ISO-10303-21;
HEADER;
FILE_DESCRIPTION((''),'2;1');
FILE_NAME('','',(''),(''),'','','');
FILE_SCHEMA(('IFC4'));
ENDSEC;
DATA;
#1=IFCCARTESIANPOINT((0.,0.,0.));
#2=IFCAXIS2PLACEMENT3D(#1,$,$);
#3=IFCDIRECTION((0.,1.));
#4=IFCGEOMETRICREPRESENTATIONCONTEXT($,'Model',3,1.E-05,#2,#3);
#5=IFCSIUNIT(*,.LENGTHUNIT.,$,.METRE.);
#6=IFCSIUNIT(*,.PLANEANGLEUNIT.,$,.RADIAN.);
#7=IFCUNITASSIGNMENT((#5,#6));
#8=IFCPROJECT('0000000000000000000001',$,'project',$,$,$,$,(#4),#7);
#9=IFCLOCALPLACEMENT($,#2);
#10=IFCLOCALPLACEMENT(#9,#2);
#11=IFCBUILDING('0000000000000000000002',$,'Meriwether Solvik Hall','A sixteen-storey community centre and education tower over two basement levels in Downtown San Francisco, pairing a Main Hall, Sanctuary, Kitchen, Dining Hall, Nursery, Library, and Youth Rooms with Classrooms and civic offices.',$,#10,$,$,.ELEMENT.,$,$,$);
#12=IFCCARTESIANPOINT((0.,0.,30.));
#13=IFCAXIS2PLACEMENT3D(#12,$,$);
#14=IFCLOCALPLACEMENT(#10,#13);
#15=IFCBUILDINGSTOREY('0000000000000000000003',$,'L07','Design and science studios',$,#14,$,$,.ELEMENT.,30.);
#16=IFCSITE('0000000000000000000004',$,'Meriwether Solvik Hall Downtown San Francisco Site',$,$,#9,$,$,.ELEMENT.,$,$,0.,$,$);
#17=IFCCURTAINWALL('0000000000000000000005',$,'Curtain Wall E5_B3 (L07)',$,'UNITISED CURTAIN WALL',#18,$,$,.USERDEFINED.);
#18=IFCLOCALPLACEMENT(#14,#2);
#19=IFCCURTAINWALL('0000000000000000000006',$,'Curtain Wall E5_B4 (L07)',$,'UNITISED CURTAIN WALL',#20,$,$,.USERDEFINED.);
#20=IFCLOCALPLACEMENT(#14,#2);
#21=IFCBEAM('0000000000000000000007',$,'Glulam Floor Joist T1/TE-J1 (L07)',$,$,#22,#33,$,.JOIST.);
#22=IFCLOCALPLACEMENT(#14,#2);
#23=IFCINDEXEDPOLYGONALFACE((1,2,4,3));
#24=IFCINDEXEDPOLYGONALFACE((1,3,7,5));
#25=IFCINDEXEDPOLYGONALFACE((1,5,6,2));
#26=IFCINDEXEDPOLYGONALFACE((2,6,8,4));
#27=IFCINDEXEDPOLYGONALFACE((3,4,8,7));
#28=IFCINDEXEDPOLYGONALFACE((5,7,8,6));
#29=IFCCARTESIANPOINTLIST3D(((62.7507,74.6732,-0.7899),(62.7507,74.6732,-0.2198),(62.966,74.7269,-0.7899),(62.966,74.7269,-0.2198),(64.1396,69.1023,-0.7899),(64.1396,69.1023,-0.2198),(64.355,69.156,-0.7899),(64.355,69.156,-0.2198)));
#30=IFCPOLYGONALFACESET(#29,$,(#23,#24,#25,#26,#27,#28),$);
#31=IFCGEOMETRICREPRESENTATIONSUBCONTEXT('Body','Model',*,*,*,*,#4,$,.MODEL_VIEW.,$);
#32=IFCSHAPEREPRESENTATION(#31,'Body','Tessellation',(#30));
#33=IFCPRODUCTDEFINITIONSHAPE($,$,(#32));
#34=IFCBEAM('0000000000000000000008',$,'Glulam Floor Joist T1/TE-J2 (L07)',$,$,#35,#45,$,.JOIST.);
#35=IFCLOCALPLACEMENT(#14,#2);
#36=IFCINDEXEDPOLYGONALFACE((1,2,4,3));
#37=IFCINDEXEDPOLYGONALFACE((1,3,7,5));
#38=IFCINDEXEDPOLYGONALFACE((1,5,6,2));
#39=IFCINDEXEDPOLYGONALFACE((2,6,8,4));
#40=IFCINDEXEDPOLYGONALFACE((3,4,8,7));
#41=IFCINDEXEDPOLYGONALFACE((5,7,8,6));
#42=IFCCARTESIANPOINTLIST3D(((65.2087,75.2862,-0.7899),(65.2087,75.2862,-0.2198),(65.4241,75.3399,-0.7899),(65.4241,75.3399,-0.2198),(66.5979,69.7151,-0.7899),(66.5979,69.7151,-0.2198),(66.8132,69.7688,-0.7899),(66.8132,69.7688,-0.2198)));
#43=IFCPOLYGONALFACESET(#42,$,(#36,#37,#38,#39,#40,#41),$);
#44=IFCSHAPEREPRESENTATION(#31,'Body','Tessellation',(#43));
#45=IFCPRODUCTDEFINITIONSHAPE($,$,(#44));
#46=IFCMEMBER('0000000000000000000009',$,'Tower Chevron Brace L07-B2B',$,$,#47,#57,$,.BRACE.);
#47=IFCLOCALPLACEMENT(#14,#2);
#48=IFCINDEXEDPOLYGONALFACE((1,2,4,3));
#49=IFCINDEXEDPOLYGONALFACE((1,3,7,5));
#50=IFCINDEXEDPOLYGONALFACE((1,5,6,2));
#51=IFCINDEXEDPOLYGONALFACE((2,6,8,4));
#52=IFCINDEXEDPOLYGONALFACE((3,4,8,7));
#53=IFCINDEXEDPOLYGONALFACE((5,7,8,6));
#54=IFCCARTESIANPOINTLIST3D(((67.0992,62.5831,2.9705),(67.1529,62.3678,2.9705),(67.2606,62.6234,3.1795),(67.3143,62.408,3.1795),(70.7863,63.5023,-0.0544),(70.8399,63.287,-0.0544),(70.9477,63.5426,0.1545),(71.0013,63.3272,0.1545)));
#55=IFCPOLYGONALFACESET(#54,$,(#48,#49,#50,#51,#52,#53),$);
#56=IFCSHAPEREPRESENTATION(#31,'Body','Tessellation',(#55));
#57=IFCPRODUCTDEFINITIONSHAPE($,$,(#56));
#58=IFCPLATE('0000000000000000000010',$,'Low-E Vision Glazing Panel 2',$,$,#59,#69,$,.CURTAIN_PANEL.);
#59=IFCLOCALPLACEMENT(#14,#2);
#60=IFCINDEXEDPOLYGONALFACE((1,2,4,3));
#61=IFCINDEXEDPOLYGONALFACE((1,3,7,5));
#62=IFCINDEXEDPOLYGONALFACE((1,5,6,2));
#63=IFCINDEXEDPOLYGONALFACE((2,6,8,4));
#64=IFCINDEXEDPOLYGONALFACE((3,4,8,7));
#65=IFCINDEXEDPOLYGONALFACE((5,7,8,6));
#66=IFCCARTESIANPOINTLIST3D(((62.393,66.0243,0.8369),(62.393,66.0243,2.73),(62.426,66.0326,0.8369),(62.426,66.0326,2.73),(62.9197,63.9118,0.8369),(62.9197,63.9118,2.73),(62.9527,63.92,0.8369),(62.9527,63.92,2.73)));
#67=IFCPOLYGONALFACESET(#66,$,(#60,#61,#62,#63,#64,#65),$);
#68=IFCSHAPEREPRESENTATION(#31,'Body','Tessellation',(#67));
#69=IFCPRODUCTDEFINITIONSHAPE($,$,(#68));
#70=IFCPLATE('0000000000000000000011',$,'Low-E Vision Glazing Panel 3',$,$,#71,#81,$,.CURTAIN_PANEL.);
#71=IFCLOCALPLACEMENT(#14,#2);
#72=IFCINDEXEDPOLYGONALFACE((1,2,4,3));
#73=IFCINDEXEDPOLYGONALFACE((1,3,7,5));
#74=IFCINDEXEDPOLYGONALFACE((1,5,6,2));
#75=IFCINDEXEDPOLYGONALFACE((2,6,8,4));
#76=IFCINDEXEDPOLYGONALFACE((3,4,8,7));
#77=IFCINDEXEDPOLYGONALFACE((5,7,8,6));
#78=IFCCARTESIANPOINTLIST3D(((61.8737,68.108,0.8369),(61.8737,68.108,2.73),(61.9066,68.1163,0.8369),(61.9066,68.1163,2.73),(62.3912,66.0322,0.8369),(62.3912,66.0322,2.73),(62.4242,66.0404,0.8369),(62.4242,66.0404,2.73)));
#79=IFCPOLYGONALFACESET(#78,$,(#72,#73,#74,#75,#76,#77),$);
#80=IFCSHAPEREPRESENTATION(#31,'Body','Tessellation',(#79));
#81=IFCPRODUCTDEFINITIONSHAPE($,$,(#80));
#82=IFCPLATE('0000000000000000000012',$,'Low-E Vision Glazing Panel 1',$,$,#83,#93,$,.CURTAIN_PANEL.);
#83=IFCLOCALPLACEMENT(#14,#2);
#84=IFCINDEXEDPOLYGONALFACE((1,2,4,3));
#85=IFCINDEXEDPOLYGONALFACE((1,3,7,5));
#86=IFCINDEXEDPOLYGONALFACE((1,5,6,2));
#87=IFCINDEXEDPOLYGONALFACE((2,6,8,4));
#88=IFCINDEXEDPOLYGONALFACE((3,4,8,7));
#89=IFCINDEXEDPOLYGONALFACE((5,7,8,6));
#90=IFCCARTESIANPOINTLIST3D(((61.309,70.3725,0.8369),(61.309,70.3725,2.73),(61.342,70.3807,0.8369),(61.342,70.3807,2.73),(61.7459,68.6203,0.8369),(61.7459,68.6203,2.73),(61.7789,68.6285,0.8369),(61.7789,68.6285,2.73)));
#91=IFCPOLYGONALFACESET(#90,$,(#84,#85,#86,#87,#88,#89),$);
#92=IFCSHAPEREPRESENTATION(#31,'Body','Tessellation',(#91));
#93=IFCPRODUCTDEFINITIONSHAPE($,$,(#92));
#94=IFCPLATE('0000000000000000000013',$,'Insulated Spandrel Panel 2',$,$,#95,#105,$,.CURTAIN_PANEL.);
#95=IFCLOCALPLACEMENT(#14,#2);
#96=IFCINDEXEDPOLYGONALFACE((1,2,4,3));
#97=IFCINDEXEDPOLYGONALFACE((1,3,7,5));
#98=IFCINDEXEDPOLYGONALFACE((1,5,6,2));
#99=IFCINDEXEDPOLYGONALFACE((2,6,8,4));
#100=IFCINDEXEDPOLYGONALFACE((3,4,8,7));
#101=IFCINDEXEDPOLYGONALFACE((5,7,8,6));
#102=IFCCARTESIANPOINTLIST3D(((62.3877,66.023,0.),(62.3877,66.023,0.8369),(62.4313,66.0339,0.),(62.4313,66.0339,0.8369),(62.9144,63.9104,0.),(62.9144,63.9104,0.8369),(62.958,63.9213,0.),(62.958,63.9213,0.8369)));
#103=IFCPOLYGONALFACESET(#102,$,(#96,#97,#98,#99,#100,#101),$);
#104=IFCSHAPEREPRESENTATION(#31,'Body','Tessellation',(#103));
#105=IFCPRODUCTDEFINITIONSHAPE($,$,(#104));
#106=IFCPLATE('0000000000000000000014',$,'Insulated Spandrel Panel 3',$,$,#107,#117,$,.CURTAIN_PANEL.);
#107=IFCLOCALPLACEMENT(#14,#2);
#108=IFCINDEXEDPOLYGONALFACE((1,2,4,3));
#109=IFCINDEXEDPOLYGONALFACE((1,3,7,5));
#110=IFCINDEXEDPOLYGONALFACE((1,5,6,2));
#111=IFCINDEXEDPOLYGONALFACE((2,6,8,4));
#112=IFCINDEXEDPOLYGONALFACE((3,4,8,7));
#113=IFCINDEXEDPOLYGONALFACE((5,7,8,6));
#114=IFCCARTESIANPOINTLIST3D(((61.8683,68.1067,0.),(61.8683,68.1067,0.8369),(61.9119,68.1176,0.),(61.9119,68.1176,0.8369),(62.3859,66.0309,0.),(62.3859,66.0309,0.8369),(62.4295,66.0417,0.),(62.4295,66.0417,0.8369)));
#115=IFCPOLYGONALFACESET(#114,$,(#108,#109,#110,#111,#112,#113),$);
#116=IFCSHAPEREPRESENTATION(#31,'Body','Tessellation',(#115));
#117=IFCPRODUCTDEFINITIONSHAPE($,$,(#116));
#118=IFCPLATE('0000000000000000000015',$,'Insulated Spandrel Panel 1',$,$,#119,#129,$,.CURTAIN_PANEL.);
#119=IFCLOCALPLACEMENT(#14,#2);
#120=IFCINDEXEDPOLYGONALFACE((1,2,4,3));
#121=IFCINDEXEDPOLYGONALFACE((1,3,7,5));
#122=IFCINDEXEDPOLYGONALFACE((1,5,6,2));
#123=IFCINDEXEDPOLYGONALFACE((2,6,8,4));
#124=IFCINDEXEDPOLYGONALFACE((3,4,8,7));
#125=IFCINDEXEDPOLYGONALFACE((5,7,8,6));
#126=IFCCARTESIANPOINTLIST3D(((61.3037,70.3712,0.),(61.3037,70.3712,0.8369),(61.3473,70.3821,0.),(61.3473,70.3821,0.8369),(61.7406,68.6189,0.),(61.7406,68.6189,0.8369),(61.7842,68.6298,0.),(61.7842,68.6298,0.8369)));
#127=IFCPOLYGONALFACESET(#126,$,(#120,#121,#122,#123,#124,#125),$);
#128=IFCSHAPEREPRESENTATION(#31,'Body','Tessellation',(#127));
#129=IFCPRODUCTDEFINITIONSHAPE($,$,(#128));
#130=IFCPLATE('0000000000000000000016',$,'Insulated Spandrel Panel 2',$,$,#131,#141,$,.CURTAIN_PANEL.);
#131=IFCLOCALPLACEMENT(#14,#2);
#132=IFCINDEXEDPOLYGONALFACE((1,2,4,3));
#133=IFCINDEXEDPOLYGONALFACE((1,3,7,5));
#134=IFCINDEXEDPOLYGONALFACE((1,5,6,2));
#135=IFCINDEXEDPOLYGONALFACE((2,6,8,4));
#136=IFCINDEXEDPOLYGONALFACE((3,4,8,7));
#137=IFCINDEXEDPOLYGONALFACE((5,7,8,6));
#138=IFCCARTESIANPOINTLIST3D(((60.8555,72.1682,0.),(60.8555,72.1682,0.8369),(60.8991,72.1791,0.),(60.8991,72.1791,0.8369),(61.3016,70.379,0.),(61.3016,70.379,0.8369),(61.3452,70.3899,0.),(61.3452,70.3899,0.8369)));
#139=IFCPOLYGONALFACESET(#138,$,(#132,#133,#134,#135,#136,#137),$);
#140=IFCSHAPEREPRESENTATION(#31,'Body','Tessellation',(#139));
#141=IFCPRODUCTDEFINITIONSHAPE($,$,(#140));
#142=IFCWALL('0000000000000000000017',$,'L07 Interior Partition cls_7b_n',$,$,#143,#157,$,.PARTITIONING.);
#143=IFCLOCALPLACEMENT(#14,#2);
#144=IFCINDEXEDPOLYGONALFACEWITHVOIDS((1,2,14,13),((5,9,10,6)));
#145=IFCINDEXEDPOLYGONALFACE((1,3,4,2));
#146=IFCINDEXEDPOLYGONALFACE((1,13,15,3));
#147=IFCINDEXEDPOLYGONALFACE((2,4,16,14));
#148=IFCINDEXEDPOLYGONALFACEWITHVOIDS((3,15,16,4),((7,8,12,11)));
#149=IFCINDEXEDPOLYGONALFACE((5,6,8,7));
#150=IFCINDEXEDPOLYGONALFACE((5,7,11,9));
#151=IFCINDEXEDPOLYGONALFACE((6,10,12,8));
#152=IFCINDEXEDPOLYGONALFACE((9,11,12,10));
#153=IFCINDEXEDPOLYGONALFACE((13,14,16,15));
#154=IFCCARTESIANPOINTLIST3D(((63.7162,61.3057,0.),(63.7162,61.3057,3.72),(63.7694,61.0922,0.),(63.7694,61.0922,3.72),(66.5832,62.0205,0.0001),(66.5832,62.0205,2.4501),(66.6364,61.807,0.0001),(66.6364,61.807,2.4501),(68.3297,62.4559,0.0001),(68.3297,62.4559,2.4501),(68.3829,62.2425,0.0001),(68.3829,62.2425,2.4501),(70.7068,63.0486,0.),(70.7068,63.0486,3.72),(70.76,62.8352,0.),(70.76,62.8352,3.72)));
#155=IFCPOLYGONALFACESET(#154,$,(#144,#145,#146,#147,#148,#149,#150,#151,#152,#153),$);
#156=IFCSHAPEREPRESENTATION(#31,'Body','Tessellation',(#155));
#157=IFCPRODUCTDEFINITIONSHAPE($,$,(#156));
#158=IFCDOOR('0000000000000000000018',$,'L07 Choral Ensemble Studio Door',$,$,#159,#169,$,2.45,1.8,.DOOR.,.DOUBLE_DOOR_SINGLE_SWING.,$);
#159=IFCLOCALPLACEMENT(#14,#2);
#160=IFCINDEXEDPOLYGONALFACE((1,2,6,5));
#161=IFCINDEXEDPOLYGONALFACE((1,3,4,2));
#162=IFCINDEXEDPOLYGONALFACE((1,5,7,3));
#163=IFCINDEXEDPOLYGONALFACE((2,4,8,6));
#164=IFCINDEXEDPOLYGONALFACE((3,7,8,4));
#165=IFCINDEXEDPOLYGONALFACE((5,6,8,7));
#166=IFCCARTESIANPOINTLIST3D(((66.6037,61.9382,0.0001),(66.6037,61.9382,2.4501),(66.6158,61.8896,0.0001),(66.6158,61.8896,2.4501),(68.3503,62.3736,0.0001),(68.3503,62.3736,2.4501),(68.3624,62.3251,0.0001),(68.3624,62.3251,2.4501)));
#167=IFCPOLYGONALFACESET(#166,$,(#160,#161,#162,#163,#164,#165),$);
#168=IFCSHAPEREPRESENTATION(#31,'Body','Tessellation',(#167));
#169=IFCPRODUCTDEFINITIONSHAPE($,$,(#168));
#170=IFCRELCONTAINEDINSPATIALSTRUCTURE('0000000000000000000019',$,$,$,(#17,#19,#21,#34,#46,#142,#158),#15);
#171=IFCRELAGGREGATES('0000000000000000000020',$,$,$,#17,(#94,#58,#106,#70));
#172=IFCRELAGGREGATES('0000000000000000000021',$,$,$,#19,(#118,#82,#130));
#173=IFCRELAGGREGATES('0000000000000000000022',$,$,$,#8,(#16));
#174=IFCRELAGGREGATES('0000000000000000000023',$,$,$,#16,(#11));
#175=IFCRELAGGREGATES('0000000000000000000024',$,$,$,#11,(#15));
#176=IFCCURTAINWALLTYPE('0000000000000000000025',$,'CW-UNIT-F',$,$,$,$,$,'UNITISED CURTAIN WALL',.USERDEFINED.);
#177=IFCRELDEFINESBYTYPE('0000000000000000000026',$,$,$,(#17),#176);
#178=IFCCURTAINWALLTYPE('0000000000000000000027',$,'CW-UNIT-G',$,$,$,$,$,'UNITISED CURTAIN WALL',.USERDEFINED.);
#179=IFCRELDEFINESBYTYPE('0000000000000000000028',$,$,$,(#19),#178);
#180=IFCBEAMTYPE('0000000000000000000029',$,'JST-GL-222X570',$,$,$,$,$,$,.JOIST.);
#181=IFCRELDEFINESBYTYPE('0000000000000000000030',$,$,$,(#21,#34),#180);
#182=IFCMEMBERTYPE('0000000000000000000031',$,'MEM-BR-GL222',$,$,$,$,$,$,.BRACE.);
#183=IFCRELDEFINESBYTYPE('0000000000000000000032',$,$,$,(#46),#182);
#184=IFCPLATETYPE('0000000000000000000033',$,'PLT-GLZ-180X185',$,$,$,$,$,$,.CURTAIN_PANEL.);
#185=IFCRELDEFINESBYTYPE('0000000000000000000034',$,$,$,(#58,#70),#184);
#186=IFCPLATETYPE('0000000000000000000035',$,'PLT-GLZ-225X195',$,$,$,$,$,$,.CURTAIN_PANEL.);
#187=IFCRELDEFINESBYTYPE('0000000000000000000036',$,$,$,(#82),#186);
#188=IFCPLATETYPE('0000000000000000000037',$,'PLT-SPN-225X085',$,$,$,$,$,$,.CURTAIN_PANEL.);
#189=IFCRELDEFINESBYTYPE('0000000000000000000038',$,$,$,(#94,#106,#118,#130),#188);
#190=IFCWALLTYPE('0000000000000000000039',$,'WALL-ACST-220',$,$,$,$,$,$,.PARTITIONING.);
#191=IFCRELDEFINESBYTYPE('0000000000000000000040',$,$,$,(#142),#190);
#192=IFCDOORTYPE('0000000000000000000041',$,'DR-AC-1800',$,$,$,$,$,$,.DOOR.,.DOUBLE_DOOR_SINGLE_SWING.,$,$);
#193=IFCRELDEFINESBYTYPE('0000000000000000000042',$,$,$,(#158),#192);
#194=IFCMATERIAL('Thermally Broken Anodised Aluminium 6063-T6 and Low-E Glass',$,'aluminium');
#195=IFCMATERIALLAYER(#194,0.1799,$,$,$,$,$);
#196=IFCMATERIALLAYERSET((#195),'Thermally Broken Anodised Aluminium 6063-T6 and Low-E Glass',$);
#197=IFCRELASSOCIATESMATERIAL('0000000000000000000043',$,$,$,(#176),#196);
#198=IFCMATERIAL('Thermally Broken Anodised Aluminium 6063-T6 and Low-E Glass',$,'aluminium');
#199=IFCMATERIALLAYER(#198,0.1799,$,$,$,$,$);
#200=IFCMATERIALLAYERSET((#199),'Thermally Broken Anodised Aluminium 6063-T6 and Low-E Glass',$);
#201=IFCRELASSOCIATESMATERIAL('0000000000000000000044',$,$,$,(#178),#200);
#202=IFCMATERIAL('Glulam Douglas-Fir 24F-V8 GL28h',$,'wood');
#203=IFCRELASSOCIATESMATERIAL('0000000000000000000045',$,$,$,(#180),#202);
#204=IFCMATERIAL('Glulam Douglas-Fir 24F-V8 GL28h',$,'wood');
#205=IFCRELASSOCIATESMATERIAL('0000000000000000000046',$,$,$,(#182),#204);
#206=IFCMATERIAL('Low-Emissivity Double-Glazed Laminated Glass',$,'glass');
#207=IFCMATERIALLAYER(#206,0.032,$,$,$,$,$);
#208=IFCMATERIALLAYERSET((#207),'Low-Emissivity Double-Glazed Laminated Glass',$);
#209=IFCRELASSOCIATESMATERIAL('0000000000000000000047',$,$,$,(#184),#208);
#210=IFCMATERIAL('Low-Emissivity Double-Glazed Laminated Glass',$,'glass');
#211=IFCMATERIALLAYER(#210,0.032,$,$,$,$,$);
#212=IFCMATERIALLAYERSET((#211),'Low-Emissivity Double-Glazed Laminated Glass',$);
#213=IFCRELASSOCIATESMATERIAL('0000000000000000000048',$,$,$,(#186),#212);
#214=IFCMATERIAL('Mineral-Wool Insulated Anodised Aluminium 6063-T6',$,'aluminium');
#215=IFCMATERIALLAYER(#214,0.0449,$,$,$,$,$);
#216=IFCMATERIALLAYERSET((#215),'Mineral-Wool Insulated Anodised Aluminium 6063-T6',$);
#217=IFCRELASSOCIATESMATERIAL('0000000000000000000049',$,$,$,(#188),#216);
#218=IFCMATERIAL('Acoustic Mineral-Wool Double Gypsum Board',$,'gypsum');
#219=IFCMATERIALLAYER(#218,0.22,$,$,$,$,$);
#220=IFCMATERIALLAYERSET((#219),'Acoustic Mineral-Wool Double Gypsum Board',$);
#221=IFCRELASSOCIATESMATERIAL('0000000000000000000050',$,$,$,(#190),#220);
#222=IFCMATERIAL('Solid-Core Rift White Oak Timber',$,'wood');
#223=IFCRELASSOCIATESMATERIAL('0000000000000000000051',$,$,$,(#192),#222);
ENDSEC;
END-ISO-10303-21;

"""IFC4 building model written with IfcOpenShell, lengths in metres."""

from ifc_helpers import new_model, si_unit, direction, frame, frame_2d, origin, origin_2d, place, context, subcontext, project, spatial, rectangle, extrude, material, layer, layer_set, material_profile, profile_set, type_object, element, fill, aggregate, save


model = new_model("IFC4")

# Units and contexts
model_context = context("Model", 3, precision=1e-05, world=origin(), true_north=direction((0.0, 1.0)))
body_context = subcontext(model_context, "Body", "Model", "MODEL_VIEW")
ifc_project = project(units=[si_unit("LENGTHUNIT", "METRE"), si_unit("PLANEANGLEUNIT", "RADIAN")], contexts=[model_context])

# Site, building, storey
site_placement = place(None, origin())
site = spatial("IfcSite", under=ifc_project, at=site_placement, Name="Meriwether Solvik Hall Downtown San Francisco Site", CompositionType="ELEMENT", RefElevation=0.0)
building_placement = place(site_placement, origin())
building = spatial("IfcBuilding", under=site, at=building_placement, Name="Meriwether Solvik Hall", Description="A sixteen-storey community centre and education tower over two basement levels in Downtown San Francisco, pairing a Main Hall, Sanctuary, Kitchen, Dining Hall, Nursery, Library, and Youth Rooms with Classrooms and civic offices.", CompositionType="ELEMENT")
storey_placement = place(building_placement, frame((0.0, 0.0, 30.0)))
storey = spatial("IfcBuildingStorey", under=building, at=storey_placement, Name="L07", Description="Design and science studios", CompositionType="ELEMENT", Elevation=30.0)

# Curtain walls
ifc_material_1 = material(Name="Thermally Broken Anodised Aluminium 6063-T6 and Low-E Glass", Category="aluminium")
ifc_layer_1 = layer(ifc_material_1, 0.1799)
ifc_layer_set_1 = layer_set([ifc_layer_1], Name="Thermally Broken Anodised Aluminium 6063-T6 and Low-E Glass")
curtain_wall_type_1 = type_object("IfcCurtainWallType", Name="CW-UNIT-F", ElementType="UNITISED CURTAIN WALL", PredefinedType="USERDEFINED", material=ifc_layer_set_1)
curtain_wall_1_placement = place(storey_placement, origin())
curtain_wall_1 = element("IfcCurtainWall", 1, at=curtain_wall_1_placement, inside=storey, type_object=curtain_wall_type_1, Name="Curtain Wall E5_B3 (L07)", ObjectType="UNITISED CURTAIN WALL", PredefinedType="USERDEFINED")
ifc_material_2 = material(Name="Thermally Broken Anodised Aluminium 6063-T6 and Low-E Glass", Category="aluminium")
ifc_layer_2 = layer(ifc_material_2, 0.1799)
ifc_layer_set_2 = layer_set([ifc_layer_2], Name="Thermally Broken Anodised Aluminium 6063-T6 and Low-E Glass")
curtain_wall_type_2 = type_object("IfcCurtainWallType", Name="CW-UNIT-G", ElementType="UNITISED CURTAIN WALL", PredefinedType="USERDEFINED", material=ifc_layer_set_2)
curtain_wall_2_placement = place(storey_placement, origin())
curtain_wall_2 = element("IfcCurtainWall", 2, at=curtain_wall_2_placement, inside=storey, type_object=curtain_wall_type_2, Name="Curtain Wall E5_B4 (L07)", ObjectType="UNITISED CURTAIN WALL", PredefinedType="USERDEFINED")

# Beams
ifc_material_3 = material(Name="Glulam Douglas-Fir 24F-V8 GL28h", Category="wood")
ifc_material_profile_1 = material_profile(ifc_material_3, rectangle(XDim=0.2219, YDim=0.5701, at=origin_2d()), Name="GLJ-222X570")
ifc_profile_set_1 = profile_set([ifc_material_profile_1], Name="Glulam Douglas-Fir 24F-V8 GL28h")
beam_type_1 = type_object("IfcBeamType", Name="JST-GL-222X570", PredefinedType="JOIST", material=ifc_profile_set_1)
beam_1_placement = place(storey_placement, frame((64.2473, 69.1292, -0.5049), z_axis=(-0.241915, 0.970297, 0.0), x_axis=(-0.970297, -0.241915, 0.0)))
element("IfcBeam", 3, at=beam_1_placement, inside=storey, type_object=beam_type_1, Name="Glulam Floor Joist T1/TE-J1 (L07)", PredefinedType="JOIST", context=body_context, shape_type="SweptSolid", body=[
    extrude(rectangle(XDim=0.2219, YDim=0.5701, at=origin_2d()), origin(), (0.0, 0.0, 1.0), 5.7415),
])
beam_2_placement = place(storey_placement, frame((66.7056, 69.7419, -0.5049), z_axis=(-0.241945, 0.97029, 0.0), x_axis=(-0.97029, -0.241945, 0.0)))
element("IfcBeam", 4, at=beam_2_placement, inside=storey, type_object=beam_type_1, Name="Glulam Floor Joist T1/TE-J2 (L07)", PredefinedType="JOIST", context=body_context, shape_type="SweptSolid", body=[
    extrude(rectangle(XDim=0.2219, YDim=0.5701, at=origin_2d()), origin(), (0.0, 0.0, 1.0), 5.7417),
])

# Member
ifc_material_4 = material(Name="Glulam Douglas-Fir 24F-V8 GL28h", Category="wood")
ifc_material_profile_2 = material_profile(ifc_material_4, rectangle(XDim=0.2219, YDim=0.2671, at=origin_2d()), Name="GLM-222X267")
ifc_profile_set_2 = profile_set([ifc_material_profile_2], Name="Glulam Douglas-Fir 24F-V8 GL28h")
member_type_1 = type_object("IfcMemberType", Name="MEM-BR-GL222", PredefinedType="BRACE", material=ifc_profile_set_2)
member_1_placement = place(storey_placement, frame((70.8938, 63.4148, 0.05), z_axis=(-0.759136, -0.189256, 0.622811), x_axis=(0.241901, -0.970301, 0.0)))
element("IfcMember", 5, at=member_1_placement, inside=storey, type_object=member_type_1, Name="Tower Chevron Brace L07-B2B", PredefinedType="BRACE", context=body_context, shape_type="SweptSolid", body=[
    extrude(rectangle(XDim=0.2219, YDim=0.2671, at=origin_2d()), origin(), (0.0, 0.0, 1.0), 4.8569),
])

# Plates
ifc_material_5 = material(Name="Low-Emissivity Double-Glazed Laminated Glass", Category="glass")
ifc_layer_3 = layer(ifc_material_5, 0.032)
ifc_layer_set_3 = layer_set([ifc_layer_3], Name="Low-Emissivity Double-Glazed Laminated Glass")
plate_type_1 = type_object("IfcPlateType", Name="PLT-GLZ-180X185", PredefinedType="CURTAIN_PANEL", material=ifc_layer_set_3)
plate_1_placement = place(storey_placement, frame((62.6729, 64.9722, 0.8369), z_axis=(0.0, 0.0, 1.0), x_axis=(-0.241922, 0.970296, 0.0)))
plate_1 = element("IfcPlate", 6, at=plate_1_placement, type_object=plate_type_1, Name="Low-E Vision Glazing Panel 2", PredefinedType="CURTAIN_PANEL", context=body_context, shape_type="SweptSolid", body=[
    extrude(rectangle(XDim=2.1772, YDim=0.0339, at=origin_2d()), origin(), (0.0, 0.0, 1.0), 1.8931),
])
plate_2_placement = place(storey_placement, frame((62.1489, 67.0742, 0.8369), z_axis=(0.0, 0.0, 1.0), x_axis=(-0.241922, 0.970296, 0.0)))
plate_2 = element("IfcPlate", 7, at=plate_2_placement, type_object=plate_type_1, Name="Low-E Vision Glazing Panel 3", PredefinedType="CURTAIN_PANEL", context=body_context, shape_type="SweptSolid", body=[
    extrude(rectangle(XDim=2.1394, YDim=0.0339, at=origin_2d()), origin(), (0.0, 0.0, 1.0), 1.8931),
])
ifc_material_6 = material(Name="Low-Emissivity Double-Glazed Laminated Glass", Category="glass")
ifc_layer_4 = layer(ifc_material_6, 0.032)
ifc_layer_set_4 = layer_set([ifc_layer_4], Name="Low-Emissivity Double-Glazed Laminated Glass")
plate_type_2 = type_object("IfcPlateType", Name="PLT-GLZ-225X195", PredefinedType="CURTAIN_PANEL", material=ifc_layer_set_4)
plate_3_placement = place(storey_placement, frame((61.5439, 69.5005, 0.8369), z_axis=(0.0, 0.0, 1.0), x_axis=(-0.241922, 0.970296, 0.0)))
plate_3 = element("IfcPlate", 8, at=plate_3_placement, type_object=plate_type_2, Name="Low-E Vision Glazing Panel 1", PredefinedType="CURTAIN_PANEL", context=body_context, shape_type="SweptSolid", body=[
    extrude(rectangle(XDim=1.8059, YDim=0.0339, at=origin_2d()), origin(), (0.0, 0.0, 1.0), 1.8931),
])
ifc_material_7 = material(Name="Mineral-Wool Insulated Anodised Aluminium 6063-T6", Category="aluminium")
ifc_layer_5 = layer(ifc_material_7, 0.0449)
ifc_layer_set_5 = layer_set([ifc_layer_5], Name="Mineral-Wool Insulated Anodised Aluminium 6063-T6")
plate_type_3 = type_object("IfcPlateType", Name="PLT-SPN-225X085", PredefinedType="CURTAIN_PANEL", material=ifc_layer_set_5)
plate_4_placement = place(storey_placement, frame((62.6729, 64.9722, 0.0), z_axis=(0.0, 0.0, 1.0), x_axis=(-0.241922, 0.970296, 0.0)))
plate_4 = element("IfcPlate", 9, at=plate_4_placement, type_object=plate_type_3, Name="Insulated Spandrel Panel 2", PredefinedType="CURTAIN_PANEL", context=body_context, shape_type="SweptSolid", body=[
    extrude(rectangle(XDim=2.1772, YDim=0.0449, at=origin_2d()), origin(), (0.0, 0.0, 1.0), 0.8369),
])
plate_5_placement = place(storey_placement, frame((62.1489, 67.0742, 0.0), z_axis=(0.0, 0.0, 1.0), x_axis=(-0.241922, 0.970296, 0.0)))
plate_5 = element("IfcPlate", 10, at=plate_5_placement, type_object=plate_type_3, Name="Insulated Spandrel Panel 3", PredefinedType="CURTAIN_PANEL", context=body_context, shape_type="SweptSolid", body=[
    extrude(rectangle(XDim=2.1394, YDim=0.0449, at=origin_2d()), origin(), (0.0, 0.0, 1.0), 0.8369),
])
aggregate(curtain_wall_1, [plate_4, plate_1, plate_5, plate_2])
plate_6_placement = place(storey_placement, frame((61.5439, 69.5005, 0.0), z_axis=(0.0, 0.0, 1.0), x_axis=(-0.241922, 0.970296, 0.0)))
plate_6 = element("IfcPlate", 11, at=plate_6_placement, type_object=plate_type_3, Name="Insulated Spandrel Panel 1", PredefinedType="CURTAIN_PANEL", context=body_context, shape_type="SweptSolid", body=[
    extrude(rectangle(XDim=1.8059, YDim=0.0449, at=origin_2d()), origin(), (0.0, 0.0, 1.0), 0.8369),
])
plate_7_placement = place(storey_placement, frame((61.1003, 71.2791, 0.0), z_axis=(0.0, 0.0, 1.0), x_axis=(-0.241922, 0.970296, 0.0)))
plate_7 = element("IfcPlate", 12, at=plate_7_placement, type_object=plate_type_3, Name="Insulated Spandrel Panel 2", PredefinedType="CURTAIN_PANEL", context=body_context, shape_type="SweptSolid", body=[
    extrude(rectangle(XDim=1.844, YDim=0.0449, at=origin_2d()), origin(), (0.0, 0.0, 1.0), 0.8369),
])
aggregate(curtain_wall_2, [plate_6, plate_3, plate_7])

# Wall, opening, door
ifc_material_8 = material(Name="Acoustic Mineral-Wool Double Gypsum Board", Category="gypsum")
ifc_layer_6 = layer(ifc_material_8, 0.22)
ifc_layer_set_6 = layer_set([ifc_layer_6], Name="Acoustic Mineral-Wool Double Gypsum Board")
wall_type_1 = type_object("IfcWallType", Name="WALL-ACST-220", PredefinedType="PARTITIONING", material=ifc_layer_set_6)
wall_1_placement = place(storey_placement, frame((70.7334, 62.9419, 0.0), z_axis=(0.0, 0.0, 1.0), x_axis=(-0.970296, -0.241922, 0.0)))
wall_1 = element("IfcWall", 13, at=wall_1_placement, inside=storey, type_object=wall_type_1, Name="L07 Interior Partition cls_7b_n", PredefinedType="PARTITIONING", context=body_context, shape_type="SweptSolid", body=[
    extrude(rectangle(XDim=7.2046, YDim=0.22, at=frame_2d((3.6023, 0.0))), origin(), (0.0, 0.0, 1.0), 3.72),
])
opening_1_placement = place(wall_1_placement, frame((2.45, 0.0, 0.0)))
opening_1 = element("IfcOpeningElement", 14, at=opening_1_placement, cuts=wall_1, PredefinedType="OPENING", context=body_context, shape_type="SweptSolid", body=[
    extrude(rectangle(XDim=1.8, YDim=2.45, at=frame_2d((0.8999, 1.2251))), frame((0.0, 0.1221, 0.0), z_axis=(0.0, -1.0, 0.0), x_axis=(1.0, 0.0, 0.0)), (0.0, 0.0, 1.0), 0.2439),
])
ifc_material_9 = material(Name="Solid-Core Rift White Oak Timber", Category="wood")
door_type_1 = type_object("IfcDoorType", Name="DR-AC-1800", OperationType="DOUBLE_DOOR_SINGLE_SWING", PredefinedType="DOOR", material=ifc_material_9)
door_1_placement = place(opening_1_placement, origin())
door_1 = element("IfcDoor", 15, at=door_1_placement, inside=storey, type_object=door_type_1, Name="L07 Choral Ensemble Studio Door", OperationType="DOUBLE_DOOR_SINGLE_SWING", OverallHeight=2.45, OverallWidth=1.8, PredefinedType="DOOR", context=body_context, shape_type="SweptSolid", body=[
    extrude(rectangle(XDim=1.8, YDim=2.45, at=frame_2d((0.8999, 1.2251))), frame((0.0, 0.0249, 0.0), z_axis=(0.0, -1.0, 0.0), x_axis=(1.0, 0.0, 0.0)), (0.0, 0.0, 1.0), 0.05),
])
fill(opening_1, door_1)

save(model, "model.ifc")
